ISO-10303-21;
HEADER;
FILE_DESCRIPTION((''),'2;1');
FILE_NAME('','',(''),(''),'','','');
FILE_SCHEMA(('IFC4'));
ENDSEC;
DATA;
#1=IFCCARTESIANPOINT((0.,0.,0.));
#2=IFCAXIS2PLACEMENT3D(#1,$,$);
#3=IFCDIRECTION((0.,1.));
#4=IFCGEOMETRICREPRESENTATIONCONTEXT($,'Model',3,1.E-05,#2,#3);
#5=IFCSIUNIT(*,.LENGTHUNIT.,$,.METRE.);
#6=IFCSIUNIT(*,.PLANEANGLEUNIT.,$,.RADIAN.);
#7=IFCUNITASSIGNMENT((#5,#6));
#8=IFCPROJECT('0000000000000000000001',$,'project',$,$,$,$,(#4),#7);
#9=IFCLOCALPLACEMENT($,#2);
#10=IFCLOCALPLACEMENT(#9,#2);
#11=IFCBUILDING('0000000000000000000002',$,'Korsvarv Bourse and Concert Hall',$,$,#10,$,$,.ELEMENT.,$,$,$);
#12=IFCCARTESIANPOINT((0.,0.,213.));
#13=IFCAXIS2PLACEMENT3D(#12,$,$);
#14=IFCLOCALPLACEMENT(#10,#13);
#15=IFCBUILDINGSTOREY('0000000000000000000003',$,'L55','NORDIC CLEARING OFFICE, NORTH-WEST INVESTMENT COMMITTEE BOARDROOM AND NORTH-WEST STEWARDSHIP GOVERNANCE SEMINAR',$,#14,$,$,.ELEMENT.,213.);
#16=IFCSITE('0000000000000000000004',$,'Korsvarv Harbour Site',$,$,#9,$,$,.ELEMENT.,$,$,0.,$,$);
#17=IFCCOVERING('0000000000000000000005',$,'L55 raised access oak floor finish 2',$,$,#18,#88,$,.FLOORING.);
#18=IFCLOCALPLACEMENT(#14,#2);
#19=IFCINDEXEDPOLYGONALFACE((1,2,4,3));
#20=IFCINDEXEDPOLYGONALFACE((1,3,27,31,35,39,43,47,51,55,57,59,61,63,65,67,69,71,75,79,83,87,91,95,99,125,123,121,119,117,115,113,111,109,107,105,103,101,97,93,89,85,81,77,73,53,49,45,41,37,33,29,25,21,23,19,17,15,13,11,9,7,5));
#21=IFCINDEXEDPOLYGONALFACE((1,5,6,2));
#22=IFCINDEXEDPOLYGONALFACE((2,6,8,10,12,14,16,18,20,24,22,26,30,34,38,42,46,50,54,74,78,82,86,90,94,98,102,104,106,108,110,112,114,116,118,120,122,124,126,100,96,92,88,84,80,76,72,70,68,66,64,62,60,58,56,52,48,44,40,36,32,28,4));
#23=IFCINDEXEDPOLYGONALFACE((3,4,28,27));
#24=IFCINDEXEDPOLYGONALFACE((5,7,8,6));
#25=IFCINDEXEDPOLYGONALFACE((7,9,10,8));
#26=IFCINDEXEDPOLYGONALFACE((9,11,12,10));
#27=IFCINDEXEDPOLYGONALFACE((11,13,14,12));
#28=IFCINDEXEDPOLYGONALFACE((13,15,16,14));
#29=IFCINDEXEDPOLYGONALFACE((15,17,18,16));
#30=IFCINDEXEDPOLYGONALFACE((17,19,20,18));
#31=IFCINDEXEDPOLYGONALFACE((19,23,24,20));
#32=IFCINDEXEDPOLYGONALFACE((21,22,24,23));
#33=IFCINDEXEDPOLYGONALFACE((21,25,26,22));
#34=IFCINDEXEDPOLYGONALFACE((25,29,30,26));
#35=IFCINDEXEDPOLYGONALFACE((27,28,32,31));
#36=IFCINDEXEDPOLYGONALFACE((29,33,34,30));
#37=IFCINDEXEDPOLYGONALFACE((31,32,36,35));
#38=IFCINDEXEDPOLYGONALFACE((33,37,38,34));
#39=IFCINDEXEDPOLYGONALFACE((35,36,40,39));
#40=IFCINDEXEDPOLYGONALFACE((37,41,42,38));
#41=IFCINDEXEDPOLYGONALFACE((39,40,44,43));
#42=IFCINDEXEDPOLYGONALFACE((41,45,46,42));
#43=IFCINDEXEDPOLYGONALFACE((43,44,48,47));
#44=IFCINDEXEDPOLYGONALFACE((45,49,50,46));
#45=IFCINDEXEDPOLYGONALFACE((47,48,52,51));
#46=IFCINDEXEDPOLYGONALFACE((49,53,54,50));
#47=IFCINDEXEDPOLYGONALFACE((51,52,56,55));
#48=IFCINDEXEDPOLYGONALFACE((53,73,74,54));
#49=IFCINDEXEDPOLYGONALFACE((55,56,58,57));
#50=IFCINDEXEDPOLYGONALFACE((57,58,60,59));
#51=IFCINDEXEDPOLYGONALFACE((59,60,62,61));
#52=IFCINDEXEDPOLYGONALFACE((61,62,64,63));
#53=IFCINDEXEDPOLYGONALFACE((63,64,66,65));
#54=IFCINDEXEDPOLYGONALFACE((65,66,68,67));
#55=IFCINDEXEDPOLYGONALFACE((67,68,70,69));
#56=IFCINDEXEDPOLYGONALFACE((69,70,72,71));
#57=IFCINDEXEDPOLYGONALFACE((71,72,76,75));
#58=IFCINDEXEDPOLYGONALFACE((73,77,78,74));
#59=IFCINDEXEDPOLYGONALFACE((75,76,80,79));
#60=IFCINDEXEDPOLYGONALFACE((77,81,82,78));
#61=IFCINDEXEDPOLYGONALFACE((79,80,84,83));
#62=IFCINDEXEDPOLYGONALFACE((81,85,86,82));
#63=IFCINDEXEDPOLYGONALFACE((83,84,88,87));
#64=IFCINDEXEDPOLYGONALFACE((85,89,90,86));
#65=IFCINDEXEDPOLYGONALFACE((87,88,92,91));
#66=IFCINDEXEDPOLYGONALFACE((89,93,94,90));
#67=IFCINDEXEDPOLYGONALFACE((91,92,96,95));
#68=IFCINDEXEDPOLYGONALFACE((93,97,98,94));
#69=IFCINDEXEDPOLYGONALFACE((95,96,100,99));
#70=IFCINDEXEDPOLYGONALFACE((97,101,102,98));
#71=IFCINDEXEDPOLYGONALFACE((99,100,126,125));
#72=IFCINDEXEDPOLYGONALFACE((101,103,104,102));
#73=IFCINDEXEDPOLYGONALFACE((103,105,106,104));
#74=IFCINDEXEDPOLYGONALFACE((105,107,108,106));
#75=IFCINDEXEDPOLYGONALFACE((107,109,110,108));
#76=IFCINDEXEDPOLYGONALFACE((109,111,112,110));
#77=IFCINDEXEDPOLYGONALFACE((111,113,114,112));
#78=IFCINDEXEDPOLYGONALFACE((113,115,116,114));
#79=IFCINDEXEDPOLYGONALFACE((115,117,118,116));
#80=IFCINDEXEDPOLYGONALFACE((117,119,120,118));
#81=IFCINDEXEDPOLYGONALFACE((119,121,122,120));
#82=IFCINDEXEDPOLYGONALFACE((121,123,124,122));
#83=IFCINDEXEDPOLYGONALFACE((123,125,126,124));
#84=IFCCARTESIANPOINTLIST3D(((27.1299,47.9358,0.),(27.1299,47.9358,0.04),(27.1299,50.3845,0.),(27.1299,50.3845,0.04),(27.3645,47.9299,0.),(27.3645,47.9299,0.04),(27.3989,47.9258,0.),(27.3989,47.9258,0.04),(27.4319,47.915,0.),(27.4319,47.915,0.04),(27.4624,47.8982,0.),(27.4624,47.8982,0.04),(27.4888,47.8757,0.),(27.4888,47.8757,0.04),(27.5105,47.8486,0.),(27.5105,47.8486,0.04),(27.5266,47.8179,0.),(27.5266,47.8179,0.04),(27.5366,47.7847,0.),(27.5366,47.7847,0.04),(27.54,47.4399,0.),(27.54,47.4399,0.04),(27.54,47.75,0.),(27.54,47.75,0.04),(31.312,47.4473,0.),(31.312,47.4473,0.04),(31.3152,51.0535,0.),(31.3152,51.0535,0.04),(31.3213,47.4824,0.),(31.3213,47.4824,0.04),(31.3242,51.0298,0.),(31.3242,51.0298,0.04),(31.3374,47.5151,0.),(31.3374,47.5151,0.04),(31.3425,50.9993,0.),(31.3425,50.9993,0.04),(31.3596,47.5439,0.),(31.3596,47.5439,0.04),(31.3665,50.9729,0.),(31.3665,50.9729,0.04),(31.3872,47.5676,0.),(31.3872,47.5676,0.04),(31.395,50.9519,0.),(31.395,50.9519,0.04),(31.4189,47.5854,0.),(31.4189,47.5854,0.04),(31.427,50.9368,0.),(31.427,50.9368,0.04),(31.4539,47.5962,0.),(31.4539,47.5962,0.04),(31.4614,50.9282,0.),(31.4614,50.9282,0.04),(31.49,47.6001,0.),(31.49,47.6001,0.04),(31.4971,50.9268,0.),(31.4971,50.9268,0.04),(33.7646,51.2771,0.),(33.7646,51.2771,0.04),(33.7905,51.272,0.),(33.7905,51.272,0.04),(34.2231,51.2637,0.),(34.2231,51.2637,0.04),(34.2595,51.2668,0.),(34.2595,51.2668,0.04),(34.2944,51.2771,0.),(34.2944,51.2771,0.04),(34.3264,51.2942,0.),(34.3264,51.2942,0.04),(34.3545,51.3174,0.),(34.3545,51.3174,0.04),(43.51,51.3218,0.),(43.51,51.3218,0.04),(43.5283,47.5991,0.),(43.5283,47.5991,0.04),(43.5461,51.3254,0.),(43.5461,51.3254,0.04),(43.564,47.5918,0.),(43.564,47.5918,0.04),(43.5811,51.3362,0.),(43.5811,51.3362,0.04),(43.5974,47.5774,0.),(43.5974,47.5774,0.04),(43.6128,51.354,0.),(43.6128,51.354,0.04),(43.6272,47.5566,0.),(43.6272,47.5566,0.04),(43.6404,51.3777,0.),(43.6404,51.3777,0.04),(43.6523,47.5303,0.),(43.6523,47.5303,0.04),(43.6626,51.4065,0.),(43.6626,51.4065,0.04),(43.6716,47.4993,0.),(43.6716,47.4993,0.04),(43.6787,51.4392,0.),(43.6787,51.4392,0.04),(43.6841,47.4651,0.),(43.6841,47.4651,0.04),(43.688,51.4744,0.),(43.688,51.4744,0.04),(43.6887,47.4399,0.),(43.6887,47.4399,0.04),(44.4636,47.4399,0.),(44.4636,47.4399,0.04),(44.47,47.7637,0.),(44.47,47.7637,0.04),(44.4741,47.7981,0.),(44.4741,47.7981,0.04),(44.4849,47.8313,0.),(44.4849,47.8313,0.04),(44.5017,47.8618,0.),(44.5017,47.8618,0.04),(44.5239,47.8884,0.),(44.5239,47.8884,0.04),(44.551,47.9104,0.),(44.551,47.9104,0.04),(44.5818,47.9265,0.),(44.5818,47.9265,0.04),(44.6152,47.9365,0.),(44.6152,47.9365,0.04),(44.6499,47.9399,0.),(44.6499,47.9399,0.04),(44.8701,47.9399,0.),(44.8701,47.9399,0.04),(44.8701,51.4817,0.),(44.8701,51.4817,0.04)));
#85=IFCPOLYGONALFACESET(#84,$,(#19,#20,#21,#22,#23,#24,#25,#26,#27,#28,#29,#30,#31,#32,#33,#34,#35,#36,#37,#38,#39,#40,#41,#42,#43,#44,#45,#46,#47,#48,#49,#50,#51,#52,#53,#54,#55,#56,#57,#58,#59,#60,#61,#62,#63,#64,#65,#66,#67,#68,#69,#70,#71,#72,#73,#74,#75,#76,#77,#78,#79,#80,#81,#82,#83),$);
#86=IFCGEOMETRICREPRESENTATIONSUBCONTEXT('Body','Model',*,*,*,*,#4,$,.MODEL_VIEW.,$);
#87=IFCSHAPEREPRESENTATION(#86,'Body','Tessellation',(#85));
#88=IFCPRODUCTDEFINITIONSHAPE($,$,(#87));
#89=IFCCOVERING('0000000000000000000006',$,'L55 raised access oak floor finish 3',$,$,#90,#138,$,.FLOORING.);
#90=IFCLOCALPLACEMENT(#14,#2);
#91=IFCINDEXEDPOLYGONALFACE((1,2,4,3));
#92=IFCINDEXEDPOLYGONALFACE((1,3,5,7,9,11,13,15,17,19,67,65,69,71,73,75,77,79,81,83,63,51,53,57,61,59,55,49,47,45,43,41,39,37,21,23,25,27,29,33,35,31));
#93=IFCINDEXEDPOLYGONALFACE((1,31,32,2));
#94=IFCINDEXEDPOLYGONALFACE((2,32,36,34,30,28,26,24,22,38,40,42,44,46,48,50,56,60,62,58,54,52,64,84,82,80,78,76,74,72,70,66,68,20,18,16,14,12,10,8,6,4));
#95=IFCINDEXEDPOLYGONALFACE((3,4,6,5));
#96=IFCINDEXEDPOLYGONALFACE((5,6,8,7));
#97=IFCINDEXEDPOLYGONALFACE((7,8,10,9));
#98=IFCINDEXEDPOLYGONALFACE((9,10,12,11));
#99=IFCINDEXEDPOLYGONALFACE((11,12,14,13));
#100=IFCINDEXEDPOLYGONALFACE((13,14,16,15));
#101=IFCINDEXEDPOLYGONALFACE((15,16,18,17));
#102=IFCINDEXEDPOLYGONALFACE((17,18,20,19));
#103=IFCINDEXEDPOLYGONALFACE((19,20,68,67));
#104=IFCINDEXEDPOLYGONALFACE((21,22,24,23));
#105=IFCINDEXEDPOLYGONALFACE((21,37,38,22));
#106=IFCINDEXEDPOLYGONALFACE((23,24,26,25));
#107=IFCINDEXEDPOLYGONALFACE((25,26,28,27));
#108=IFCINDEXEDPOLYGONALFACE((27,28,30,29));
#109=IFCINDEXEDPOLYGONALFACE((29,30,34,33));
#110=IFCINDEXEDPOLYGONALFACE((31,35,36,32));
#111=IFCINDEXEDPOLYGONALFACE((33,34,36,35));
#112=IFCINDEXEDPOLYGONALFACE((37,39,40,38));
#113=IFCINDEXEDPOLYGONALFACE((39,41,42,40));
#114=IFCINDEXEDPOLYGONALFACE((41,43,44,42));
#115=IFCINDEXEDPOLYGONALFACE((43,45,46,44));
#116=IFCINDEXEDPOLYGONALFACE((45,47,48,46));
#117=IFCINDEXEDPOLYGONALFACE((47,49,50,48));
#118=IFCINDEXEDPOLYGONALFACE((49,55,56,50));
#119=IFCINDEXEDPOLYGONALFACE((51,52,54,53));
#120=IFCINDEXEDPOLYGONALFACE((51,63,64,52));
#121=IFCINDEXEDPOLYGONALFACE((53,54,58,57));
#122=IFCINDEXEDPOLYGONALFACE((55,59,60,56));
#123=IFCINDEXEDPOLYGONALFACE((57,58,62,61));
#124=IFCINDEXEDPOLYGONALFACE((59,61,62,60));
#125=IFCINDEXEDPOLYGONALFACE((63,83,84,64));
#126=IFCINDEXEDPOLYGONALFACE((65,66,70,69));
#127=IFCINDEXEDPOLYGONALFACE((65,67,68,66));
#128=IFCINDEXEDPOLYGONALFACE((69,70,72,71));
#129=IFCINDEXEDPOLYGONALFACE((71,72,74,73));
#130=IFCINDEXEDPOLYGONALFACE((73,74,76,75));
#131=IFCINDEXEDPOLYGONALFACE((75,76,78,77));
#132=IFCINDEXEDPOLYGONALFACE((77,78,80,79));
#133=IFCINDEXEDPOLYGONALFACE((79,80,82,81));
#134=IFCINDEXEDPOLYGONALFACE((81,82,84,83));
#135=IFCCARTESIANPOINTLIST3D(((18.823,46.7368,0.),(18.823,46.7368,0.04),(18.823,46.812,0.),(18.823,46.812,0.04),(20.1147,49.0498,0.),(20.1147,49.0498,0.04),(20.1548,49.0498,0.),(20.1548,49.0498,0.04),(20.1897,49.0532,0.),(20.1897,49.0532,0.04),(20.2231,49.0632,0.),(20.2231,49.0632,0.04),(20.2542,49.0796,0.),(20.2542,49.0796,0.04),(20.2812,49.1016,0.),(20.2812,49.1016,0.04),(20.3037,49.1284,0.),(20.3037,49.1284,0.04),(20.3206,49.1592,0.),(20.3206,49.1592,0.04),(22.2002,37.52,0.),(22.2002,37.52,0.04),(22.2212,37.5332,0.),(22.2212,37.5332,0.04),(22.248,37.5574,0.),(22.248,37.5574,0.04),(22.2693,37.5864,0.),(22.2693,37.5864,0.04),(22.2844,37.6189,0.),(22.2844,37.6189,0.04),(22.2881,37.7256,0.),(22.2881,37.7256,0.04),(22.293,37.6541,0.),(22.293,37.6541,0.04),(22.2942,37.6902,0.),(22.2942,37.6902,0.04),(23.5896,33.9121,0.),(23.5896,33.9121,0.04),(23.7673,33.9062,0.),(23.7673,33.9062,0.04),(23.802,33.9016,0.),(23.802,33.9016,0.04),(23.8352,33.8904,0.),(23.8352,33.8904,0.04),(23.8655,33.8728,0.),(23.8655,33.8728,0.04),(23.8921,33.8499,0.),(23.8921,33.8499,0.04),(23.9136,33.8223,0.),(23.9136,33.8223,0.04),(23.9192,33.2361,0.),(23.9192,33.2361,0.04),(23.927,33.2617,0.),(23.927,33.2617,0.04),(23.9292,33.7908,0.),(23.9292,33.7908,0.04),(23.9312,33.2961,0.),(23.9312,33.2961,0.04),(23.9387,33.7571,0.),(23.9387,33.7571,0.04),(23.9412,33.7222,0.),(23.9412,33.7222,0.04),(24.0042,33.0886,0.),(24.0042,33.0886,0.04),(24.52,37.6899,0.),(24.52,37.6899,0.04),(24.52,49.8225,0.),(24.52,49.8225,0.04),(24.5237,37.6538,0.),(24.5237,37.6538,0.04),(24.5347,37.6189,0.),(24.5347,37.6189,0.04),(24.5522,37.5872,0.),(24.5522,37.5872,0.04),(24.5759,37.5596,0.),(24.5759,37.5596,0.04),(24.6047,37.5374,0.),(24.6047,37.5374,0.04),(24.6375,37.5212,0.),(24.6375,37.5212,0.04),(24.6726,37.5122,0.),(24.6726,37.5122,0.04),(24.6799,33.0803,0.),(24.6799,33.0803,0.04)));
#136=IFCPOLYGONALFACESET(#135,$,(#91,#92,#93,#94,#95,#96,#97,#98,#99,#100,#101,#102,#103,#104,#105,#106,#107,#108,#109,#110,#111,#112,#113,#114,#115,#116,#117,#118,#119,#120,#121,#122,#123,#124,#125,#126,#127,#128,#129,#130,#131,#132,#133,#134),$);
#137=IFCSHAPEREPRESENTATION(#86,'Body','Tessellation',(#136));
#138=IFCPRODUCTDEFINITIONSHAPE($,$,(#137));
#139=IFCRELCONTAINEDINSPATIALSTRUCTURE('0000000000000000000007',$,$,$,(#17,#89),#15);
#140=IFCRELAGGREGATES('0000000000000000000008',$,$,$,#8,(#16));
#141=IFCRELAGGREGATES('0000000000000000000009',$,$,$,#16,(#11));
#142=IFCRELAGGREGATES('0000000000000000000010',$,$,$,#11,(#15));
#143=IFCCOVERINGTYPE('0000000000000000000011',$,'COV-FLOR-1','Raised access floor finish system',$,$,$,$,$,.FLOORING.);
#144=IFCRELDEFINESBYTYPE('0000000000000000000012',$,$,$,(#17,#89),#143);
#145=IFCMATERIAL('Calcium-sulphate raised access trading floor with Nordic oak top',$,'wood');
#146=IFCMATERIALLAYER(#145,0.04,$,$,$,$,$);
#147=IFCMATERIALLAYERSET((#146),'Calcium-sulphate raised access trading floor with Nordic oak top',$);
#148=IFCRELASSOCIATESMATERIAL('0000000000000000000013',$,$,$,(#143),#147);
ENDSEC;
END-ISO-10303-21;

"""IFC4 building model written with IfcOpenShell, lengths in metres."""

from ifc_helpers import new_model, si_unit, direction, frame, origin, place, context, subcontext, project, spatial, polyline, outline, extrude, material, layer, layer_set, type_object, element, save


model = new_model("IFC4")

# Units and contexts
model_context = context("Model", 3, precision=1e-05, world=origin(), true_north=direction((0.0, 1.0)))
body_context = subcontext(model_context, "Body", "Model", "MODEL_VIEW")
ifc_project = project(units=[si_unit("LENGTHUNIT", "METRE"), si_unit("PLANEANGLEUNIT", "RADIAN")], contexts=[model_context])

# Site, building, storey
site_placement = place(None, origin())
site = spatial("IfcSite", under=ifc_project, at=site_placement, Name="Korsvarv Harbour Site", CompositionType="ELEMENT", RefElevation=0.0)
building_placement = place(site_placement, origin())
building = spatial("IfcBuilding", under=site, at=building_placement, Name="Korsvarv Bourse and Concert Hall", CompositionType="ELEMENT")
storey_placement = place(building_placement, frame((0.0, 0.0, 213.0)))
storey = spatial("IfcBuildingStorey", under=building, at=storey_placement, Name="L55", Description="NORDIC CLEARING OFFICE, NORTH-WEST INVESTMENT COMMITTEE BOARDROOM AND NORTH-WEST STEWARDSHIP GOVERNANCE SEMINAR", CompositionType="ELEMENT", Elevation=213.0)

# Coverings
ifc_material_1 = material(Name="Calcium-sulphate raised access trading floor with Nordic oak top", Category="wood")
ifc_layer_1 = layer(ifc_material_1, 0.04)
ifc_layer_set_1 = layer_set([ifc_layer_1], Name="Calcium-sulphate raised access trading floor with Nordic oak top")
covering_type_1 = type_object("IfcCoveringType", Name="COV-FLOR-1", Description="Raised access floor finish system", PredefinedType="FLOORING", material=ifc_layer_set_1)
covering_1_placement = place(storey_placement, origin())
element("IfcCovering", 1, at=covering_1_placement, inside=storey, type_object=covering_type_1, Name="L55 raised access oak floor finish 2", PredefinedType="FLOORING", context=body_context, shape_type="SweptSolid", body=[
    extrude(outline(polyline([(31.3152, 51.0535), (31.3242, 51.0298), (31.3425, 50.9993), (31.3665, 50.9729), (31.395, 50.9519), (31.427, 50.9368), (31.4614, 50.9282), (31.4971, 50.9268), (33.7646, 51.2771), (33.7905, 51.272), (34.2231, 51.2637), (34.2595, 51.2668), (34.2944, 51.2771), (34.3264, 51.2942), (34.3545, 51.3174), (43.51, 51.3218), (43.5461, 51.3254), (43.5811, 51.3362), (43.6128, 51.354), (43.6404, 51.3777), (43.6626, 51.4065), (43.6787, 51.4392), (43.688, 51.4744), (44.8701, 51.4817), (44.8701, 47.9399), (44.6499, 47.9399), (44.6152, 47.9365), (44.5818, 47.9265), (44.551, 47.9104), (44.5239, 47.8884), (44.5017, 47.8618), (44.4849, 47.8313), (44.4741, 47.7981), (44.47, 47.7637), (44.4636, 47.4399), (43.6887, 47.4399), (43.6841, 47.4651), (43.6716, 47.4993), (43.6523, 47.5303), (43.6272, 47.5566), (43.5974, 47.5774), (43.564, 47.5918), (43.5283, 47.5991), (31.49, 47.6001), (31.4539, 47.5962), (31.4189, 47.5854), (31.3872, 47.5676), (31.3596, 47.5439), (31.3374, 47.5151), (31.3213, 47.4824), (31.312, 47.4473), (27.54, 47.4399), (27.54, 47.75), (27.5366, 47.7847), (27.5266, 47.8179), (27.5105, 47.8486), (27.4888, 47.8757), (27.4624, 47.8982), (27.4319, 47.915), (27.3989, 47.9258), (27.3645, 47.9299), (27.1299, 47.9358), (27.1299, 50.3845), (31.3152, 51.0535)])), origin(), (0.0, 0.0, 1.0), 0.04),
])
covering_2_placement = place(storey_placement, origin())
element("IfcCovering", 2, at=covering_2_placement, inside=storey, type_object=covering_type_1, Name="L55 raised access oak floor finish 3", PredefinedType="FLOORING", context=body_context, shape_type="SweptSolid", body=[
    extrude(outline(polyline([(24.52, 49.8225), (24.52, 37.6899), (24.5237, 37.6538), (24.5347, 37.6189), (24.5522, 37.5872), (24.5759, 37.5596), (24.6047, 37.5374), (24.6375, 37.5212), (24.6726, 37.5122), (24.6799, 33.0803), (24.0042, 33.0886), (23.9192, 33.2361), (23.927, 33.2617), (23.9312, 33.2961), (23.9412, 33.7222), (23.9387, 33.7571), (23.9292, 33.7908), (23.9136, 33.8223), (23.8921, 33.8499), (23.8655, 33.8728), (23.8352, 33.8904), (23.802, 33.9016), (23.7673, 33.9062), (23.5896, 33.9121), (22.2002, 37.52), (22.2212, 37.5332), (22.248, 37.5574), (22.2693, 37.5864), (22.2844, 37.6189), (22.293, 37.6541), (22.2942, 37.6902), (22.2881, 37.7256), (18.823, 46.7368), (18.823, 46.812), (20.1147, 49.0498), (20.1548, 49.0498), (20.1897, 49.0532), (20.2231, 49.0632), (20.2542, 49.0796), (20.2812, 49.1016), (20.3037, 49.1284), (20.3206, 49.1592), (24.52, 49.8225)])), origin(), (0.0, 0.0, 1.0), 0.04),
])

save(model, "model.ifc")
